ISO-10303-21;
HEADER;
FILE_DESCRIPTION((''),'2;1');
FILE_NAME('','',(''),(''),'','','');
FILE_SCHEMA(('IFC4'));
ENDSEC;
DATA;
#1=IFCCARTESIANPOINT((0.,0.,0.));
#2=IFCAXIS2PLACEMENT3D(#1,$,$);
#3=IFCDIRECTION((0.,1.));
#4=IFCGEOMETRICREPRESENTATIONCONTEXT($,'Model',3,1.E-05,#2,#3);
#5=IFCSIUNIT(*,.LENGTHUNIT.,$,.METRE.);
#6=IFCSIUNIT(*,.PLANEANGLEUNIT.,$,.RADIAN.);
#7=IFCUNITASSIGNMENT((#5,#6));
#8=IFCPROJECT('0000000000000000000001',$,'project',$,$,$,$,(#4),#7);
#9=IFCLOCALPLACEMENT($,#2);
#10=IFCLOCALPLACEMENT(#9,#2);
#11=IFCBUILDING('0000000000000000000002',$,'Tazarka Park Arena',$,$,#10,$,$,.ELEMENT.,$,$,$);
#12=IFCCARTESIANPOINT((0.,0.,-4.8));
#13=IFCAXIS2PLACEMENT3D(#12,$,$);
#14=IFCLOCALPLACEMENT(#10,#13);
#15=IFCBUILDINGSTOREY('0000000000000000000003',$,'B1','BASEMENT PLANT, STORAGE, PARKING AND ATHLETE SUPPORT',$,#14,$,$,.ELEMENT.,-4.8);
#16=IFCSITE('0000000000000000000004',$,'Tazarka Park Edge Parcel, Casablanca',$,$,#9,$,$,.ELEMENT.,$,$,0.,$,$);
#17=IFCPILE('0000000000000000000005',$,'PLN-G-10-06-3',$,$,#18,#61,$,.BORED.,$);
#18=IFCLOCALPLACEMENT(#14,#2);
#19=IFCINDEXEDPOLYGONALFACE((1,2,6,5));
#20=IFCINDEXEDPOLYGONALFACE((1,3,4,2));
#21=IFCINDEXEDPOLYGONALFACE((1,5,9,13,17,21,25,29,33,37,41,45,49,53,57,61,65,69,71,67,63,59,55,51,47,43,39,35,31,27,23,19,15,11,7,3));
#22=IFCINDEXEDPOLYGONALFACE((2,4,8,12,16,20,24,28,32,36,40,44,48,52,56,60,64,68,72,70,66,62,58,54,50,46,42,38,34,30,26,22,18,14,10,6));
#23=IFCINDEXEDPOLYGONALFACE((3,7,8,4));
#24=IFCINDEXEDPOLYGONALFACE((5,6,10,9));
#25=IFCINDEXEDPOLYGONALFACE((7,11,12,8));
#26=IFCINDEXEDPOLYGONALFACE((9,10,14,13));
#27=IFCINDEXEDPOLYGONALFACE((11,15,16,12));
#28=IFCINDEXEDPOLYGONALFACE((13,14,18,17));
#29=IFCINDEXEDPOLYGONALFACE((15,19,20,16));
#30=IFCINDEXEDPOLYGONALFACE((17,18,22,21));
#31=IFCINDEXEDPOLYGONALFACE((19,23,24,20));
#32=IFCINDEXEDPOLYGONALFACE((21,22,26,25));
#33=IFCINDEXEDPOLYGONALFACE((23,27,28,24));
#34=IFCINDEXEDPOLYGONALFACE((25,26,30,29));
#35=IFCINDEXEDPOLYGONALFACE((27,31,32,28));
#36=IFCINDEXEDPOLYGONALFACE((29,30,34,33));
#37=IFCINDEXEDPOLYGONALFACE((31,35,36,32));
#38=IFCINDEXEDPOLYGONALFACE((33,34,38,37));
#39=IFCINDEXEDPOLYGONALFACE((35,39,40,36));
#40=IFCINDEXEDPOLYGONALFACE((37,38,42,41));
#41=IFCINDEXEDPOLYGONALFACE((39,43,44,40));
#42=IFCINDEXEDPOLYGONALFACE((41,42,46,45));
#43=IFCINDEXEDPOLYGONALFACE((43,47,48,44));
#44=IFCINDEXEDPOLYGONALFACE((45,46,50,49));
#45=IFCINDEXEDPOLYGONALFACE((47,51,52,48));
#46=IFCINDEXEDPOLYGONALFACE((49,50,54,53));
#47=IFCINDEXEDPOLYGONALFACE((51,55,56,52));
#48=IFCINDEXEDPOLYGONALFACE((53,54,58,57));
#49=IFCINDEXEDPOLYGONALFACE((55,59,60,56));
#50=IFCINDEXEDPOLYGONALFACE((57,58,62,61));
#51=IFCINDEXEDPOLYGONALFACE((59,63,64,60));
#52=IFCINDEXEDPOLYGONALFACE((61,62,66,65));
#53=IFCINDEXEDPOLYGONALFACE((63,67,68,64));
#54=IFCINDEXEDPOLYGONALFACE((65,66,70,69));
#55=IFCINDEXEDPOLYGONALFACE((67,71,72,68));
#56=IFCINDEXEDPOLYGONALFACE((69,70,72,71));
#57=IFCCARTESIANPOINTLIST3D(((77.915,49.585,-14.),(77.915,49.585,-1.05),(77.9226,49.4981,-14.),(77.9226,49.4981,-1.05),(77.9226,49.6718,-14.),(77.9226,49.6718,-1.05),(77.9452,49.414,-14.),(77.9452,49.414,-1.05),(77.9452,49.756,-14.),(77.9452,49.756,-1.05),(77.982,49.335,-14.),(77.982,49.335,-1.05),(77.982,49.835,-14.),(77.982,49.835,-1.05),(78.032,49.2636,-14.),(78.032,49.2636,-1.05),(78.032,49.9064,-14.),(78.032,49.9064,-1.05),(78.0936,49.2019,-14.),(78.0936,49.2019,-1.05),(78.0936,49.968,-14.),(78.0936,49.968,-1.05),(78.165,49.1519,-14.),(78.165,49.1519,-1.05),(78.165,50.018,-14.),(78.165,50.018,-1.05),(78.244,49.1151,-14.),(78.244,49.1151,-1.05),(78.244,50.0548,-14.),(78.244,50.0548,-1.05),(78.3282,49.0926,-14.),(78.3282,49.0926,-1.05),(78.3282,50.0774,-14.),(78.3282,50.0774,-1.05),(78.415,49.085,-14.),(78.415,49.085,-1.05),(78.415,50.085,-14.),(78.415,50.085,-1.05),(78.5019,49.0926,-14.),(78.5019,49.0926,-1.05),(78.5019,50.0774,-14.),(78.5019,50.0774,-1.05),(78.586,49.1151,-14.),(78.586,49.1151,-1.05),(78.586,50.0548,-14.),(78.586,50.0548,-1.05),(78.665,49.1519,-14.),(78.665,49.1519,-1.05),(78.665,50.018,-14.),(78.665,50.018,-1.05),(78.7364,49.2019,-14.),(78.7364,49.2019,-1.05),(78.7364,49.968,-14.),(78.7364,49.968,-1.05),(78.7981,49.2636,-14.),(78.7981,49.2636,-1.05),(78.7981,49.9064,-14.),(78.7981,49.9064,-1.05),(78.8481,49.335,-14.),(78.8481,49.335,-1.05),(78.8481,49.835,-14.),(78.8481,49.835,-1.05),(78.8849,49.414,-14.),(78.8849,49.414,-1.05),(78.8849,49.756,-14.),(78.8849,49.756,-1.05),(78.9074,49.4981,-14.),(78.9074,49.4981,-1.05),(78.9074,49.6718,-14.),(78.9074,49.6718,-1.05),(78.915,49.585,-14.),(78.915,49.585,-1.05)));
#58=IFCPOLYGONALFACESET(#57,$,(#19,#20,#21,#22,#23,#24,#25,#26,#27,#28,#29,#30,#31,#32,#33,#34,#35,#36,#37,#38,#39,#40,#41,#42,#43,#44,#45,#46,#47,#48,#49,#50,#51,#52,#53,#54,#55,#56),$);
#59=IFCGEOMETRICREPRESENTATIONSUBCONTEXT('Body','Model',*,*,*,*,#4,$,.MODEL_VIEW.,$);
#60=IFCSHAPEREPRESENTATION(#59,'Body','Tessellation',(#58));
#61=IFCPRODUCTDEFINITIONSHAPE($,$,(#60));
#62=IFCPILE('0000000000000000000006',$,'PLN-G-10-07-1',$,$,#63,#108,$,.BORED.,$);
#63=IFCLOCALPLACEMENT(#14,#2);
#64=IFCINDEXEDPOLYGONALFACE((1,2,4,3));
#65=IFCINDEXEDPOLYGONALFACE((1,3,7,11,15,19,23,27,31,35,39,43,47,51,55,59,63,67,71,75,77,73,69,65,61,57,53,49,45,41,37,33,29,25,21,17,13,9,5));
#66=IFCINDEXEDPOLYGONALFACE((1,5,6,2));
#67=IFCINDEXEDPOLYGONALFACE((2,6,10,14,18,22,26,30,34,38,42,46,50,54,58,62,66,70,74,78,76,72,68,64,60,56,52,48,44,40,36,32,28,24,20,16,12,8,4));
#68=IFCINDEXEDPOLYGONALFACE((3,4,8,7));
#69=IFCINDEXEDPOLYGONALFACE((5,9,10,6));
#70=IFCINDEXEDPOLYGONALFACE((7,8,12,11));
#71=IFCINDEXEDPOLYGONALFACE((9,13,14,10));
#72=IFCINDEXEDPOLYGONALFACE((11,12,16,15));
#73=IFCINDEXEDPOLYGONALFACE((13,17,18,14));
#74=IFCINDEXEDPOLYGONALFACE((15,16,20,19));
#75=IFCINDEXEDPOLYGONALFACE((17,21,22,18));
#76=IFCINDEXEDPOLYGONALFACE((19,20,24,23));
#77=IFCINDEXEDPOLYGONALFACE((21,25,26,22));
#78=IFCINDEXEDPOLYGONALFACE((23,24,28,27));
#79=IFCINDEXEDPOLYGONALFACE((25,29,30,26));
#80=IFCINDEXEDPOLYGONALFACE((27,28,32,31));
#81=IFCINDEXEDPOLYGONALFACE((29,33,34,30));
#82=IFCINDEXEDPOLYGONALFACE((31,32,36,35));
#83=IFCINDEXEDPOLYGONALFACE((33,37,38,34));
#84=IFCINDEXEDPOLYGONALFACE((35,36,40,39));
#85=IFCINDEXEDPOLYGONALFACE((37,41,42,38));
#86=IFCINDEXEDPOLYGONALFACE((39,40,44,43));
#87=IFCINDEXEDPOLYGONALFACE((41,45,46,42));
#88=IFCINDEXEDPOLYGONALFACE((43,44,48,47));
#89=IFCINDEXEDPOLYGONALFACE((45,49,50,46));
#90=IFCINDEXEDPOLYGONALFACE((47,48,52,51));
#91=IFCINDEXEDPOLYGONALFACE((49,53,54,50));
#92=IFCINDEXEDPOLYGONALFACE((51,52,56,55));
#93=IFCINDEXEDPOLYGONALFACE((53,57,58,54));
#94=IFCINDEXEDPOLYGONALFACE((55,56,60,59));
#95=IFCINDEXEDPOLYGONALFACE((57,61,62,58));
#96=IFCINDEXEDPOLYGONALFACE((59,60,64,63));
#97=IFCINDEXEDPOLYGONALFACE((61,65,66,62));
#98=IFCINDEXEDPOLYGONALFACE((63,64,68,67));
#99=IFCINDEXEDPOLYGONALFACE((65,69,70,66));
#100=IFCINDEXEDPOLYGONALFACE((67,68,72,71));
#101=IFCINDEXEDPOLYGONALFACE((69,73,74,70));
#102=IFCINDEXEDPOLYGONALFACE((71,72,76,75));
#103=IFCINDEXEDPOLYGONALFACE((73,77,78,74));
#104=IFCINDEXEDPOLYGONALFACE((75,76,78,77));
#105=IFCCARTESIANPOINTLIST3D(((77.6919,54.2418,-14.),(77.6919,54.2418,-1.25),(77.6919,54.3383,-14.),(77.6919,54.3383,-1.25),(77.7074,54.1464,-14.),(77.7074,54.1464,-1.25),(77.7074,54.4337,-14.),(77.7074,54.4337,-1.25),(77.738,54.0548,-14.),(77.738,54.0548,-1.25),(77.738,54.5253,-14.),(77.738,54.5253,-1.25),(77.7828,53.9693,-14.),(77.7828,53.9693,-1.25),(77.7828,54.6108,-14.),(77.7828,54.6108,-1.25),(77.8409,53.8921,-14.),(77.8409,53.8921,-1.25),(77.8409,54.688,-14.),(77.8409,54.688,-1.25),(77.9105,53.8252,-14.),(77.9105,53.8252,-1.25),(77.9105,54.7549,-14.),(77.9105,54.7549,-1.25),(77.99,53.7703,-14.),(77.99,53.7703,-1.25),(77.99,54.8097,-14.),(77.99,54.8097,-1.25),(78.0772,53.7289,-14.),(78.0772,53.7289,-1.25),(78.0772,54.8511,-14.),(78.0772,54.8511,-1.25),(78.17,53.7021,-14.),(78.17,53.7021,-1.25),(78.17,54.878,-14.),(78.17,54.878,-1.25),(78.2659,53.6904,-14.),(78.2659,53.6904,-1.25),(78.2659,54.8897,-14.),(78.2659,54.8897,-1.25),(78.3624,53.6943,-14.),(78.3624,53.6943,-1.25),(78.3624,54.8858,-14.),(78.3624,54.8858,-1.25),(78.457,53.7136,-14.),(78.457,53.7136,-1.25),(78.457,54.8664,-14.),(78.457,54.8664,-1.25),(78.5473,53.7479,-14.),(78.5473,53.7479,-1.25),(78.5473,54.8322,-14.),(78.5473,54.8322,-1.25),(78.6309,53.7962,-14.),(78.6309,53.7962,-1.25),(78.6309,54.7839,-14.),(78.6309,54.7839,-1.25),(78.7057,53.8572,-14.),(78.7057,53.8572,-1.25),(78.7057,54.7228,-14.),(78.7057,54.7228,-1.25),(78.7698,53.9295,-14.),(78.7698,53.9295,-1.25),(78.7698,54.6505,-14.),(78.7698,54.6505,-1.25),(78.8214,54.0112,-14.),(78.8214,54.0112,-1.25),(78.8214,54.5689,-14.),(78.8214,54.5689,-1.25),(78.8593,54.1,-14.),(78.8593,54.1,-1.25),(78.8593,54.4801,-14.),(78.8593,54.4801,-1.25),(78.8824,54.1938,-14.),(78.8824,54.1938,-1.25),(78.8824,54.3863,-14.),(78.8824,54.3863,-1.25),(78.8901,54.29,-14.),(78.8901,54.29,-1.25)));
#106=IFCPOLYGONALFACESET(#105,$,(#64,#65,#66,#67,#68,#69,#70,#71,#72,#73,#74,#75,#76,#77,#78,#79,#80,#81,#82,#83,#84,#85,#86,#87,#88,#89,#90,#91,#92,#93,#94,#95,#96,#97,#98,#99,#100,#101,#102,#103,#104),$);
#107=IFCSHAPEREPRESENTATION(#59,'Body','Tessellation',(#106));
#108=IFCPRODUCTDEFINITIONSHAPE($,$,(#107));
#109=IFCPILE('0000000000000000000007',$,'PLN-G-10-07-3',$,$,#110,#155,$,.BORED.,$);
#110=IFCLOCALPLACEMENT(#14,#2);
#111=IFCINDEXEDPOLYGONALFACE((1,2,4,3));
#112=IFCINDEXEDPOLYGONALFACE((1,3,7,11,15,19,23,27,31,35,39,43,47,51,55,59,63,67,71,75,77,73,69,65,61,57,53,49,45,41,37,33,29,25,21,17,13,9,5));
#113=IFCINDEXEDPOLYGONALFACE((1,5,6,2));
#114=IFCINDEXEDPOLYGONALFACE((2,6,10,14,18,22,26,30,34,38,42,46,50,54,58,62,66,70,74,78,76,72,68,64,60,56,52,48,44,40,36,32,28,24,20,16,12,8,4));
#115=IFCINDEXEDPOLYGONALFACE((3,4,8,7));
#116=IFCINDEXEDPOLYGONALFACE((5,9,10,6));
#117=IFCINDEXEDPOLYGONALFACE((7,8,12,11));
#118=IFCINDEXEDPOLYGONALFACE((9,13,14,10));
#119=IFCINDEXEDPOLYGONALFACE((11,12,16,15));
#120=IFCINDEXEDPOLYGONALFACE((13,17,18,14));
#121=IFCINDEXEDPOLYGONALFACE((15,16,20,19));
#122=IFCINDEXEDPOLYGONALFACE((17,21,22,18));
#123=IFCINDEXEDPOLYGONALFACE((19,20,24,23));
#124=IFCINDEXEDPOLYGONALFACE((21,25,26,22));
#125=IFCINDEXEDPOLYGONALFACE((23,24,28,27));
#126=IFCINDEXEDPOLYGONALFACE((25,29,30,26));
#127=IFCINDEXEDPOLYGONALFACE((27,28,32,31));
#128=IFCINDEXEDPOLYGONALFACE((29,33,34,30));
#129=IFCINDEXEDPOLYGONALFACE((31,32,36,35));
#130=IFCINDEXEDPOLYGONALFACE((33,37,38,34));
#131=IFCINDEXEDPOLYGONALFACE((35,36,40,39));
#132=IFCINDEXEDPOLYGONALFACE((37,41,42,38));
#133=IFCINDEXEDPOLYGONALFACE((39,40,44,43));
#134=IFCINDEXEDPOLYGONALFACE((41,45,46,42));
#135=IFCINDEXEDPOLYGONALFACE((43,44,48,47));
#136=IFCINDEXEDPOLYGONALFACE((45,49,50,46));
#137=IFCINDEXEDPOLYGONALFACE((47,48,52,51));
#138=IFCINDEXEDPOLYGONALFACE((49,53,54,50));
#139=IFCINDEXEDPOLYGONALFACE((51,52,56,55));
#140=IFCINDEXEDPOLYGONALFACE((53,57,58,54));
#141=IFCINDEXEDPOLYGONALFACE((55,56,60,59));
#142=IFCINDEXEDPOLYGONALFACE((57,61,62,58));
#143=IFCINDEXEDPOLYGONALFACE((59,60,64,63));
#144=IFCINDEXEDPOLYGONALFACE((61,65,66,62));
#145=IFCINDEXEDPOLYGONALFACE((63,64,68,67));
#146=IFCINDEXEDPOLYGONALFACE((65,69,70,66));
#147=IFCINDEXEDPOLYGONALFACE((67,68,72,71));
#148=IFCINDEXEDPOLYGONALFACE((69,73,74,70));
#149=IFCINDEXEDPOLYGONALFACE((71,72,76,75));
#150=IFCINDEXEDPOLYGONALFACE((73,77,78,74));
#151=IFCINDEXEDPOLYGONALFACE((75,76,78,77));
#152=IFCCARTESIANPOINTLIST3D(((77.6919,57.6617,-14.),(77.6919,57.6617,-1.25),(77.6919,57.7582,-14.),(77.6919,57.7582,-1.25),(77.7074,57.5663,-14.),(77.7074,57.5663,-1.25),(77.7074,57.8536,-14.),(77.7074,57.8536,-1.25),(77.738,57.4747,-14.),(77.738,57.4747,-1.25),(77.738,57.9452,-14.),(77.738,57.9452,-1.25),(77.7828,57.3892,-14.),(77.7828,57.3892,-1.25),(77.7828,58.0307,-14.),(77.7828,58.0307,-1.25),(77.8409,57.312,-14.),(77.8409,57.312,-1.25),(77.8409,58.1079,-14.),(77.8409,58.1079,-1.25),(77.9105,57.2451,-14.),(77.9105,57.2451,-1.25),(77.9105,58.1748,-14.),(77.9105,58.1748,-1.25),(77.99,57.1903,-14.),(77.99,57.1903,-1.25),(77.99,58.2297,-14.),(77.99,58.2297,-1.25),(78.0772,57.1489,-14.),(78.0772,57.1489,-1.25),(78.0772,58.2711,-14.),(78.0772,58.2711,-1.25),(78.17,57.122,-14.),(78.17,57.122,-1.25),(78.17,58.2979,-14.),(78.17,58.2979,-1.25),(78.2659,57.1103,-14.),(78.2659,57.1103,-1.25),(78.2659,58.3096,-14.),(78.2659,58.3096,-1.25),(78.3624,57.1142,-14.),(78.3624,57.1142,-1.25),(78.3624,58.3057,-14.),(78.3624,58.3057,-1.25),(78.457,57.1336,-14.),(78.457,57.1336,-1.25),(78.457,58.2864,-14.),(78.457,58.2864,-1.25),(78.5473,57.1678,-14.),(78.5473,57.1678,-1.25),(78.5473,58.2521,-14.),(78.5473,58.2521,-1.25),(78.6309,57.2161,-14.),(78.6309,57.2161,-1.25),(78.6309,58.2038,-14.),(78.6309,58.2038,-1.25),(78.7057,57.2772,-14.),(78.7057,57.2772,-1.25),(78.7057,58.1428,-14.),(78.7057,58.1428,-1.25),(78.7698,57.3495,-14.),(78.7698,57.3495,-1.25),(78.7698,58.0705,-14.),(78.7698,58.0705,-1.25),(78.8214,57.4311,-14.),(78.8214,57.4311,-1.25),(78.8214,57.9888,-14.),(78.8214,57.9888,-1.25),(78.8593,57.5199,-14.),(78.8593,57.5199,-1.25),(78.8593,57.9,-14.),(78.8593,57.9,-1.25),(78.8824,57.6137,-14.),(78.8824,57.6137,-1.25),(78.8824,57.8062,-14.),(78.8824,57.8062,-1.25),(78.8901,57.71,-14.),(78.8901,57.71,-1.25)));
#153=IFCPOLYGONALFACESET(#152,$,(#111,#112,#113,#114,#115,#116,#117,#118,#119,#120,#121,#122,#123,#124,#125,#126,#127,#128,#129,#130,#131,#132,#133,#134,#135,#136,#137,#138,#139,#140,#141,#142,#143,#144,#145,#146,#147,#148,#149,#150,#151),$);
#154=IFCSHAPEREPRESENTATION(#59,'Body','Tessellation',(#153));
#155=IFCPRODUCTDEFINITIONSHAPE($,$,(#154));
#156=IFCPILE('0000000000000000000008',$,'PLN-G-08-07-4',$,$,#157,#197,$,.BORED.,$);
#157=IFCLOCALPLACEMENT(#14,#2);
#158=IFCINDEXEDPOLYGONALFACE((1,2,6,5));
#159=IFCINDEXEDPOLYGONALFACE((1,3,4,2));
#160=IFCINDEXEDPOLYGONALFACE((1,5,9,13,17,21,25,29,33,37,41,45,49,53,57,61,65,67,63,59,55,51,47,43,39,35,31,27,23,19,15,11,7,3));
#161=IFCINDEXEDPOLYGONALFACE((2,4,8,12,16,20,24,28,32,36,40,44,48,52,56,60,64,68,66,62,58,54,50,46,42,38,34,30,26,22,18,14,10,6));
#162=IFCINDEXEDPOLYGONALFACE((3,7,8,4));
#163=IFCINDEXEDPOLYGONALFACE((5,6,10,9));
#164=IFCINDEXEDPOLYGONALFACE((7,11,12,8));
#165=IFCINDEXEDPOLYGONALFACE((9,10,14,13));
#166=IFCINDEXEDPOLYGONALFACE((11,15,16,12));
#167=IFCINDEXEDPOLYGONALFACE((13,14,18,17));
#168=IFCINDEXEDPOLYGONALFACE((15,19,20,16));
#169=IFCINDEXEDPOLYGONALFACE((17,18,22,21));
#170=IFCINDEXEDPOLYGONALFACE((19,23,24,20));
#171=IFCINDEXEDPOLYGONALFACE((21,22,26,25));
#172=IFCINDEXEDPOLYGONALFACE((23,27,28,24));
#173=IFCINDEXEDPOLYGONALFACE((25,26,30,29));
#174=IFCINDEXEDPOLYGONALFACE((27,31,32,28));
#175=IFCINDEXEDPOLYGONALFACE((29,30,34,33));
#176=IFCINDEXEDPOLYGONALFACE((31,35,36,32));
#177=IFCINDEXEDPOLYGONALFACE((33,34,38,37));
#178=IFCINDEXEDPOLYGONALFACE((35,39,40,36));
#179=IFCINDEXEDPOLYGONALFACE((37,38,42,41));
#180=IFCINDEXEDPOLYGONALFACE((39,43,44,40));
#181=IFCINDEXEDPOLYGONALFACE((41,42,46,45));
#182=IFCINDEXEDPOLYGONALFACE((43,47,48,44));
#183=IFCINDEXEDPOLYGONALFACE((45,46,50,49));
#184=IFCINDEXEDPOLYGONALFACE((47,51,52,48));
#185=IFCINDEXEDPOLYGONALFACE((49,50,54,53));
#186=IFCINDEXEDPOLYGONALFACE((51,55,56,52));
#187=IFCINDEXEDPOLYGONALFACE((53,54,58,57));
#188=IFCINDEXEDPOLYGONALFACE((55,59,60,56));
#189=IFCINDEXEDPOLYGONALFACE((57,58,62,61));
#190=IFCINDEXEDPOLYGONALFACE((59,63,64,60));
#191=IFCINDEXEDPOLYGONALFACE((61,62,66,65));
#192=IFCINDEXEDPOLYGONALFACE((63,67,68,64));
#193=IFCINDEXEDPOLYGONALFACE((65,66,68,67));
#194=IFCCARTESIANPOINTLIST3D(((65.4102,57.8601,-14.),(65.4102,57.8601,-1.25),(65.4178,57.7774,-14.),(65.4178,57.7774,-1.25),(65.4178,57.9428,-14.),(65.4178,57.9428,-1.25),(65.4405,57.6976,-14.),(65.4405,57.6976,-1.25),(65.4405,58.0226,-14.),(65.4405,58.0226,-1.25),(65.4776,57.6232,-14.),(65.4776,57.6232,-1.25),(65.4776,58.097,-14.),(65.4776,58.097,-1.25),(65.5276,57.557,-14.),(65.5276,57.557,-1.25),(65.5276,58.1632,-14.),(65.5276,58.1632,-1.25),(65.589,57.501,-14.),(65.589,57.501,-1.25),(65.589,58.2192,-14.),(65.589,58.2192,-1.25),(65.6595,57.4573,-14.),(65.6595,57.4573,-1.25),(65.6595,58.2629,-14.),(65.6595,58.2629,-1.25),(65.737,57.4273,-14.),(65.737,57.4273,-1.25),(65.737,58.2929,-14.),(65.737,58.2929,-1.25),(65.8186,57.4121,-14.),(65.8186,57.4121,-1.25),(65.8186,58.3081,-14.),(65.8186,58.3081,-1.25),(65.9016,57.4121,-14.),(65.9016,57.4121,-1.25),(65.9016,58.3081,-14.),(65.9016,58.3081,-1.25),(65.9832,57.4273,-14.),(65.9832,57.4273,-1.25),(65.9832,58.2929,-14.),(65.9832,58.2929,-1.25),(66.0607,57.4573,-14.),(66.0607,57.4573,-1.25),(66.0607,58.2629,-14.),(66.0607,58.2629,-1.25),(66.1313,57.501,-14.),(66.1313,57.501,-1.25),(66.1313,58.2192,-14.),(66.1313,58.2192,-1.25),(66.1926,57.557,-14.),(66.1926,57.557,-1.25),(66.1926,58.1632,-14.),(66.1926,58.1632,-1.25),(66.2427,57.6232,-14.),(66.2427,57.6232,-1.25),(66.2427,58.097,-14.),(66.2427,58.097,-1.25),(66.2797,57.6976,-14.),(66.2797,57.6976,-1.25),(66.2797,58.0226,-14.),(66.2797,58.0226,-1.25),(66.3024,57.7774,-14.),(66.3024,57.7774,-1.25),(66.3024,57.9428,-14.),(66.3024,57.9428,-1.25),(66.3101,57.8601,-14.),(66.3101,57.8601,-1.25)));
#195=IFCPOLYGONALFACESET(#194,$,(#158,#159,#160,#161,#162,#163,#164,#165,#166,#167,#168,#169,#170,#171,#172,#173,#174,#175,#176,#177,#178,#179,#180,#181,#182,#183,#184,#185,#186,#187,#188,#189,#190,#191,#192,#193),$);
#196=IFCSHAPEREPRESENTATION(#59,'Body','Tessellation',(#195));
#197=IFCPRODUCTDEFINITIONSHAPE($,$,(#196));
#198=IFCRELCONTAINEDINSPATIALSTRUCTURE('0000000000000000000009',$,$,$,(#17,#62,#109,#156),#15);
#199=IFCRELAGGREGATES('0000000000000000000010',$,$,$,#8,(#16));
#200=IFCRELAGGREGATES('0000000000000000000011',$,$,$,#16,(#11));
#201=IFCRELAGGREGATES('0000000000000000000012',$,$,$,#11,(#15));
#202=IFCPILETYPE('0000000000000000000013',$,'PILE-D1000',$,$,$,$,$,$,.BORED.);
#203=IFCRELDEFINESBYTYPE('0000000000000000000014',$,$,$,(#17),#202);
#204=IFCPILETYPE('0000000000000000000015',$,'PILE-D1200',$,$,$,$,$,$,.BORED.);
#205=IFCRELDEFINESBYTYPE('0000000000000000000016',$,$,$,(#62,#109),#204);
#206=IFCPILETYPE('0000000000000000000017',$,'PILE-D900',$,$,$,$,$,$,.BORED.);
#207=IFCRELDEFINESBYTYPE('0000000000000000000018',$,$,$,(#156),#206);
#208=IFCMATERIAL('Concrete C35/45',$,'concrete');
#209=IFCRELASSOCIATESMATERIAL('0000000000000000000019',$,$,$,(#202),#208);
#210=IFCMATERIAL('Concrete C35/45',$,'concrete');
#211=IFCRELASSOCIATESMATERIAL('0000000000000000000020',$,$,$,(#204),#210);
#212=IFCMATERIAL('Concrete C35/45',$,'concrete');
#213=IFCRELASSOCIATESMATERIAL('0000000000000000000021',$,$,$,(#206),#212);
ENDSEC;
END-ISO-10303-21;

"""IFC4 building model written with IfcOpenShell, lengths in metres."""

from ifc_helpers import new_model, si_unit, direction, frame, origin, origin_2d, place, context, subcontext, project, spatial, circle, extrude, material, material_profile, profile_set, type_object, element, save


model = new_model("IFC4")

# Units and contexts
model_context = context("Model", 3, precision=1e-05, world=origin(), true_north=direction((0.0, 1.0)))
body_context = subcontext(model_context, "Body", "Model", "MODEL_VIEW")
ifc_project = project(units=[si_unit("LENGTHUNIT", "METRE"), si_unit("PLANEANGLEUNIT", "RADIAN")], contexts=[model_context])

# Site, building, storey
site_placement = place(None, origin())
site = spatial("IfcSite", under=ifc_project, at=site_placement, Name="Tazarka Park Edge Parcel, Casablanca", CompositionType="ELEMENT", RefElevation=0.0)
building_placement = place(site_placement, origin())
building = spatial("IfcBuilding", under=site, at=building_placement, Name="Tazarka Park Arena", CompositionType="ELEMENT")
storey_placement = place(building_placement, frame((0.0, 0.0, -4.8)))
storey = spatial("IfcBuildingStorey", under=building, at=storey_placement, Name="B1", Description="BASEMENT PLANT, STORAGE, PARKING AND ATHLETE SUPPORT", CompositionType="ELEMENT", Elevation=-4.8)

# Piles
ifc_material_1 = material(Name="Concrete C35/45", Category="concrete")
ifc_material_profile_1 = material_profile(ifc_material_1, circle(Radius=0.5, at=origin_2d()), Name="Concrete C35/45")
ifc_profile_set_1 = profile_set([ifc_material_profile_1], Name="Concrete C35/45")
pile_type_1 = type_object("IfcPileType", Name="PILE-D1000", PredefinedType="BORED", material=ifc_profile_set_1)
for number, where, z_axis, x_axis, name in (
    (1, (78.415, 49.585, -1.05), (0.0, 0.0, -1.0), (1.0, 0.0, 0.0), "PLN-G-10-06-3"),
):
    element("IfcPile", number, at=place(storey_placement, frame(where, z_axis=z_axis, x_axis=x_axis)), inside=storey, type_object=pile_type_1, Name=name, PredefinedType="BORED", context=body_context, shape_type="SweptSolid", body=[
        extrude(circle(Radius=0.5, at=origin_2d()), origin(), (0.0, 0.0, 1.0), 12.95),
    ])
ifc_material_2 = material(Name="Concrete C35/45", Category="concrete")
ifc_material_profile_2 = material_profile(ifc_material_2, circle(Radius=0.6001, at=origin_2d()), Name="Concrete C35/45")
ifc_profile_set_2 = profile_set([ifc_material_profile_2], Name="Concrete C35/45")
pile_type_2 = type_object("IfcPileType", Name="PILE-D1200", PredefinedType="BORED", material=ifc_profile_set_2)
for number, where, z_axis, x_axis, name in (
    (2, (78.29, 54.29, -1.25), (0.0, 0.0, -1.0), (1.0, 0.0, 0.0), "PLN-G-10-07-1"),
    (3, (78.29, 57.71, -1.25), (0.0, 0.0, -1.0), (1.0, 0.0, 0.0), "PLN-G-10-07-3"),
):
    element("IfcPile", number, at=place(storey_placement, frame(where, z_axis=z_axis, x_axis=x_axis)), inside=storey, type_object=pile_type_2, Name=name, PredefinedType="BORED", context=body_context, shape_type="SweptSolid", body=[
        extrude(circle(Radius=0.6001, at=origin_2d()), origin(), (0.0, 0.0, 1.0), 12.75),
    ])
ifc_material_3 = material(Name="Concrete C35/45", Category="concrete")
ifc_material_profile_3 = material_profile(ifc_material_3, circle(Radius=0.45, at=origin_2d()), Name="Concrete C35/45")
ifc_profile_set_3 = profile_set([ifc_material_profile_3], Name="Concrete C35/45")
pile_type_3 = type_object("IfcPileType", Name="PILE-D900", PredefinedType="BORED", material=ifc_profile_set_3)
pile_1_placement = place(storey_placement, frame((65.8601, 57.8601, -1.25), z_axis=(0.0, 0.0, -1.0), x_axis=(1.0, 0.0, 0.0)))
element("IfcPile", 4, at=pile_1_placement, inside=storey, type_object=pile_type_3, Name="PLN-G-08-07-4", PredefinedType="BORED", context=body_context, shape_type="SweptSolid", body=[
    extrude(circle(Radius=0.45, at=origin_2d()), origin(), (0.0, 0.0, 1.0), 12.75),
])

save(model, "model.ifc")
